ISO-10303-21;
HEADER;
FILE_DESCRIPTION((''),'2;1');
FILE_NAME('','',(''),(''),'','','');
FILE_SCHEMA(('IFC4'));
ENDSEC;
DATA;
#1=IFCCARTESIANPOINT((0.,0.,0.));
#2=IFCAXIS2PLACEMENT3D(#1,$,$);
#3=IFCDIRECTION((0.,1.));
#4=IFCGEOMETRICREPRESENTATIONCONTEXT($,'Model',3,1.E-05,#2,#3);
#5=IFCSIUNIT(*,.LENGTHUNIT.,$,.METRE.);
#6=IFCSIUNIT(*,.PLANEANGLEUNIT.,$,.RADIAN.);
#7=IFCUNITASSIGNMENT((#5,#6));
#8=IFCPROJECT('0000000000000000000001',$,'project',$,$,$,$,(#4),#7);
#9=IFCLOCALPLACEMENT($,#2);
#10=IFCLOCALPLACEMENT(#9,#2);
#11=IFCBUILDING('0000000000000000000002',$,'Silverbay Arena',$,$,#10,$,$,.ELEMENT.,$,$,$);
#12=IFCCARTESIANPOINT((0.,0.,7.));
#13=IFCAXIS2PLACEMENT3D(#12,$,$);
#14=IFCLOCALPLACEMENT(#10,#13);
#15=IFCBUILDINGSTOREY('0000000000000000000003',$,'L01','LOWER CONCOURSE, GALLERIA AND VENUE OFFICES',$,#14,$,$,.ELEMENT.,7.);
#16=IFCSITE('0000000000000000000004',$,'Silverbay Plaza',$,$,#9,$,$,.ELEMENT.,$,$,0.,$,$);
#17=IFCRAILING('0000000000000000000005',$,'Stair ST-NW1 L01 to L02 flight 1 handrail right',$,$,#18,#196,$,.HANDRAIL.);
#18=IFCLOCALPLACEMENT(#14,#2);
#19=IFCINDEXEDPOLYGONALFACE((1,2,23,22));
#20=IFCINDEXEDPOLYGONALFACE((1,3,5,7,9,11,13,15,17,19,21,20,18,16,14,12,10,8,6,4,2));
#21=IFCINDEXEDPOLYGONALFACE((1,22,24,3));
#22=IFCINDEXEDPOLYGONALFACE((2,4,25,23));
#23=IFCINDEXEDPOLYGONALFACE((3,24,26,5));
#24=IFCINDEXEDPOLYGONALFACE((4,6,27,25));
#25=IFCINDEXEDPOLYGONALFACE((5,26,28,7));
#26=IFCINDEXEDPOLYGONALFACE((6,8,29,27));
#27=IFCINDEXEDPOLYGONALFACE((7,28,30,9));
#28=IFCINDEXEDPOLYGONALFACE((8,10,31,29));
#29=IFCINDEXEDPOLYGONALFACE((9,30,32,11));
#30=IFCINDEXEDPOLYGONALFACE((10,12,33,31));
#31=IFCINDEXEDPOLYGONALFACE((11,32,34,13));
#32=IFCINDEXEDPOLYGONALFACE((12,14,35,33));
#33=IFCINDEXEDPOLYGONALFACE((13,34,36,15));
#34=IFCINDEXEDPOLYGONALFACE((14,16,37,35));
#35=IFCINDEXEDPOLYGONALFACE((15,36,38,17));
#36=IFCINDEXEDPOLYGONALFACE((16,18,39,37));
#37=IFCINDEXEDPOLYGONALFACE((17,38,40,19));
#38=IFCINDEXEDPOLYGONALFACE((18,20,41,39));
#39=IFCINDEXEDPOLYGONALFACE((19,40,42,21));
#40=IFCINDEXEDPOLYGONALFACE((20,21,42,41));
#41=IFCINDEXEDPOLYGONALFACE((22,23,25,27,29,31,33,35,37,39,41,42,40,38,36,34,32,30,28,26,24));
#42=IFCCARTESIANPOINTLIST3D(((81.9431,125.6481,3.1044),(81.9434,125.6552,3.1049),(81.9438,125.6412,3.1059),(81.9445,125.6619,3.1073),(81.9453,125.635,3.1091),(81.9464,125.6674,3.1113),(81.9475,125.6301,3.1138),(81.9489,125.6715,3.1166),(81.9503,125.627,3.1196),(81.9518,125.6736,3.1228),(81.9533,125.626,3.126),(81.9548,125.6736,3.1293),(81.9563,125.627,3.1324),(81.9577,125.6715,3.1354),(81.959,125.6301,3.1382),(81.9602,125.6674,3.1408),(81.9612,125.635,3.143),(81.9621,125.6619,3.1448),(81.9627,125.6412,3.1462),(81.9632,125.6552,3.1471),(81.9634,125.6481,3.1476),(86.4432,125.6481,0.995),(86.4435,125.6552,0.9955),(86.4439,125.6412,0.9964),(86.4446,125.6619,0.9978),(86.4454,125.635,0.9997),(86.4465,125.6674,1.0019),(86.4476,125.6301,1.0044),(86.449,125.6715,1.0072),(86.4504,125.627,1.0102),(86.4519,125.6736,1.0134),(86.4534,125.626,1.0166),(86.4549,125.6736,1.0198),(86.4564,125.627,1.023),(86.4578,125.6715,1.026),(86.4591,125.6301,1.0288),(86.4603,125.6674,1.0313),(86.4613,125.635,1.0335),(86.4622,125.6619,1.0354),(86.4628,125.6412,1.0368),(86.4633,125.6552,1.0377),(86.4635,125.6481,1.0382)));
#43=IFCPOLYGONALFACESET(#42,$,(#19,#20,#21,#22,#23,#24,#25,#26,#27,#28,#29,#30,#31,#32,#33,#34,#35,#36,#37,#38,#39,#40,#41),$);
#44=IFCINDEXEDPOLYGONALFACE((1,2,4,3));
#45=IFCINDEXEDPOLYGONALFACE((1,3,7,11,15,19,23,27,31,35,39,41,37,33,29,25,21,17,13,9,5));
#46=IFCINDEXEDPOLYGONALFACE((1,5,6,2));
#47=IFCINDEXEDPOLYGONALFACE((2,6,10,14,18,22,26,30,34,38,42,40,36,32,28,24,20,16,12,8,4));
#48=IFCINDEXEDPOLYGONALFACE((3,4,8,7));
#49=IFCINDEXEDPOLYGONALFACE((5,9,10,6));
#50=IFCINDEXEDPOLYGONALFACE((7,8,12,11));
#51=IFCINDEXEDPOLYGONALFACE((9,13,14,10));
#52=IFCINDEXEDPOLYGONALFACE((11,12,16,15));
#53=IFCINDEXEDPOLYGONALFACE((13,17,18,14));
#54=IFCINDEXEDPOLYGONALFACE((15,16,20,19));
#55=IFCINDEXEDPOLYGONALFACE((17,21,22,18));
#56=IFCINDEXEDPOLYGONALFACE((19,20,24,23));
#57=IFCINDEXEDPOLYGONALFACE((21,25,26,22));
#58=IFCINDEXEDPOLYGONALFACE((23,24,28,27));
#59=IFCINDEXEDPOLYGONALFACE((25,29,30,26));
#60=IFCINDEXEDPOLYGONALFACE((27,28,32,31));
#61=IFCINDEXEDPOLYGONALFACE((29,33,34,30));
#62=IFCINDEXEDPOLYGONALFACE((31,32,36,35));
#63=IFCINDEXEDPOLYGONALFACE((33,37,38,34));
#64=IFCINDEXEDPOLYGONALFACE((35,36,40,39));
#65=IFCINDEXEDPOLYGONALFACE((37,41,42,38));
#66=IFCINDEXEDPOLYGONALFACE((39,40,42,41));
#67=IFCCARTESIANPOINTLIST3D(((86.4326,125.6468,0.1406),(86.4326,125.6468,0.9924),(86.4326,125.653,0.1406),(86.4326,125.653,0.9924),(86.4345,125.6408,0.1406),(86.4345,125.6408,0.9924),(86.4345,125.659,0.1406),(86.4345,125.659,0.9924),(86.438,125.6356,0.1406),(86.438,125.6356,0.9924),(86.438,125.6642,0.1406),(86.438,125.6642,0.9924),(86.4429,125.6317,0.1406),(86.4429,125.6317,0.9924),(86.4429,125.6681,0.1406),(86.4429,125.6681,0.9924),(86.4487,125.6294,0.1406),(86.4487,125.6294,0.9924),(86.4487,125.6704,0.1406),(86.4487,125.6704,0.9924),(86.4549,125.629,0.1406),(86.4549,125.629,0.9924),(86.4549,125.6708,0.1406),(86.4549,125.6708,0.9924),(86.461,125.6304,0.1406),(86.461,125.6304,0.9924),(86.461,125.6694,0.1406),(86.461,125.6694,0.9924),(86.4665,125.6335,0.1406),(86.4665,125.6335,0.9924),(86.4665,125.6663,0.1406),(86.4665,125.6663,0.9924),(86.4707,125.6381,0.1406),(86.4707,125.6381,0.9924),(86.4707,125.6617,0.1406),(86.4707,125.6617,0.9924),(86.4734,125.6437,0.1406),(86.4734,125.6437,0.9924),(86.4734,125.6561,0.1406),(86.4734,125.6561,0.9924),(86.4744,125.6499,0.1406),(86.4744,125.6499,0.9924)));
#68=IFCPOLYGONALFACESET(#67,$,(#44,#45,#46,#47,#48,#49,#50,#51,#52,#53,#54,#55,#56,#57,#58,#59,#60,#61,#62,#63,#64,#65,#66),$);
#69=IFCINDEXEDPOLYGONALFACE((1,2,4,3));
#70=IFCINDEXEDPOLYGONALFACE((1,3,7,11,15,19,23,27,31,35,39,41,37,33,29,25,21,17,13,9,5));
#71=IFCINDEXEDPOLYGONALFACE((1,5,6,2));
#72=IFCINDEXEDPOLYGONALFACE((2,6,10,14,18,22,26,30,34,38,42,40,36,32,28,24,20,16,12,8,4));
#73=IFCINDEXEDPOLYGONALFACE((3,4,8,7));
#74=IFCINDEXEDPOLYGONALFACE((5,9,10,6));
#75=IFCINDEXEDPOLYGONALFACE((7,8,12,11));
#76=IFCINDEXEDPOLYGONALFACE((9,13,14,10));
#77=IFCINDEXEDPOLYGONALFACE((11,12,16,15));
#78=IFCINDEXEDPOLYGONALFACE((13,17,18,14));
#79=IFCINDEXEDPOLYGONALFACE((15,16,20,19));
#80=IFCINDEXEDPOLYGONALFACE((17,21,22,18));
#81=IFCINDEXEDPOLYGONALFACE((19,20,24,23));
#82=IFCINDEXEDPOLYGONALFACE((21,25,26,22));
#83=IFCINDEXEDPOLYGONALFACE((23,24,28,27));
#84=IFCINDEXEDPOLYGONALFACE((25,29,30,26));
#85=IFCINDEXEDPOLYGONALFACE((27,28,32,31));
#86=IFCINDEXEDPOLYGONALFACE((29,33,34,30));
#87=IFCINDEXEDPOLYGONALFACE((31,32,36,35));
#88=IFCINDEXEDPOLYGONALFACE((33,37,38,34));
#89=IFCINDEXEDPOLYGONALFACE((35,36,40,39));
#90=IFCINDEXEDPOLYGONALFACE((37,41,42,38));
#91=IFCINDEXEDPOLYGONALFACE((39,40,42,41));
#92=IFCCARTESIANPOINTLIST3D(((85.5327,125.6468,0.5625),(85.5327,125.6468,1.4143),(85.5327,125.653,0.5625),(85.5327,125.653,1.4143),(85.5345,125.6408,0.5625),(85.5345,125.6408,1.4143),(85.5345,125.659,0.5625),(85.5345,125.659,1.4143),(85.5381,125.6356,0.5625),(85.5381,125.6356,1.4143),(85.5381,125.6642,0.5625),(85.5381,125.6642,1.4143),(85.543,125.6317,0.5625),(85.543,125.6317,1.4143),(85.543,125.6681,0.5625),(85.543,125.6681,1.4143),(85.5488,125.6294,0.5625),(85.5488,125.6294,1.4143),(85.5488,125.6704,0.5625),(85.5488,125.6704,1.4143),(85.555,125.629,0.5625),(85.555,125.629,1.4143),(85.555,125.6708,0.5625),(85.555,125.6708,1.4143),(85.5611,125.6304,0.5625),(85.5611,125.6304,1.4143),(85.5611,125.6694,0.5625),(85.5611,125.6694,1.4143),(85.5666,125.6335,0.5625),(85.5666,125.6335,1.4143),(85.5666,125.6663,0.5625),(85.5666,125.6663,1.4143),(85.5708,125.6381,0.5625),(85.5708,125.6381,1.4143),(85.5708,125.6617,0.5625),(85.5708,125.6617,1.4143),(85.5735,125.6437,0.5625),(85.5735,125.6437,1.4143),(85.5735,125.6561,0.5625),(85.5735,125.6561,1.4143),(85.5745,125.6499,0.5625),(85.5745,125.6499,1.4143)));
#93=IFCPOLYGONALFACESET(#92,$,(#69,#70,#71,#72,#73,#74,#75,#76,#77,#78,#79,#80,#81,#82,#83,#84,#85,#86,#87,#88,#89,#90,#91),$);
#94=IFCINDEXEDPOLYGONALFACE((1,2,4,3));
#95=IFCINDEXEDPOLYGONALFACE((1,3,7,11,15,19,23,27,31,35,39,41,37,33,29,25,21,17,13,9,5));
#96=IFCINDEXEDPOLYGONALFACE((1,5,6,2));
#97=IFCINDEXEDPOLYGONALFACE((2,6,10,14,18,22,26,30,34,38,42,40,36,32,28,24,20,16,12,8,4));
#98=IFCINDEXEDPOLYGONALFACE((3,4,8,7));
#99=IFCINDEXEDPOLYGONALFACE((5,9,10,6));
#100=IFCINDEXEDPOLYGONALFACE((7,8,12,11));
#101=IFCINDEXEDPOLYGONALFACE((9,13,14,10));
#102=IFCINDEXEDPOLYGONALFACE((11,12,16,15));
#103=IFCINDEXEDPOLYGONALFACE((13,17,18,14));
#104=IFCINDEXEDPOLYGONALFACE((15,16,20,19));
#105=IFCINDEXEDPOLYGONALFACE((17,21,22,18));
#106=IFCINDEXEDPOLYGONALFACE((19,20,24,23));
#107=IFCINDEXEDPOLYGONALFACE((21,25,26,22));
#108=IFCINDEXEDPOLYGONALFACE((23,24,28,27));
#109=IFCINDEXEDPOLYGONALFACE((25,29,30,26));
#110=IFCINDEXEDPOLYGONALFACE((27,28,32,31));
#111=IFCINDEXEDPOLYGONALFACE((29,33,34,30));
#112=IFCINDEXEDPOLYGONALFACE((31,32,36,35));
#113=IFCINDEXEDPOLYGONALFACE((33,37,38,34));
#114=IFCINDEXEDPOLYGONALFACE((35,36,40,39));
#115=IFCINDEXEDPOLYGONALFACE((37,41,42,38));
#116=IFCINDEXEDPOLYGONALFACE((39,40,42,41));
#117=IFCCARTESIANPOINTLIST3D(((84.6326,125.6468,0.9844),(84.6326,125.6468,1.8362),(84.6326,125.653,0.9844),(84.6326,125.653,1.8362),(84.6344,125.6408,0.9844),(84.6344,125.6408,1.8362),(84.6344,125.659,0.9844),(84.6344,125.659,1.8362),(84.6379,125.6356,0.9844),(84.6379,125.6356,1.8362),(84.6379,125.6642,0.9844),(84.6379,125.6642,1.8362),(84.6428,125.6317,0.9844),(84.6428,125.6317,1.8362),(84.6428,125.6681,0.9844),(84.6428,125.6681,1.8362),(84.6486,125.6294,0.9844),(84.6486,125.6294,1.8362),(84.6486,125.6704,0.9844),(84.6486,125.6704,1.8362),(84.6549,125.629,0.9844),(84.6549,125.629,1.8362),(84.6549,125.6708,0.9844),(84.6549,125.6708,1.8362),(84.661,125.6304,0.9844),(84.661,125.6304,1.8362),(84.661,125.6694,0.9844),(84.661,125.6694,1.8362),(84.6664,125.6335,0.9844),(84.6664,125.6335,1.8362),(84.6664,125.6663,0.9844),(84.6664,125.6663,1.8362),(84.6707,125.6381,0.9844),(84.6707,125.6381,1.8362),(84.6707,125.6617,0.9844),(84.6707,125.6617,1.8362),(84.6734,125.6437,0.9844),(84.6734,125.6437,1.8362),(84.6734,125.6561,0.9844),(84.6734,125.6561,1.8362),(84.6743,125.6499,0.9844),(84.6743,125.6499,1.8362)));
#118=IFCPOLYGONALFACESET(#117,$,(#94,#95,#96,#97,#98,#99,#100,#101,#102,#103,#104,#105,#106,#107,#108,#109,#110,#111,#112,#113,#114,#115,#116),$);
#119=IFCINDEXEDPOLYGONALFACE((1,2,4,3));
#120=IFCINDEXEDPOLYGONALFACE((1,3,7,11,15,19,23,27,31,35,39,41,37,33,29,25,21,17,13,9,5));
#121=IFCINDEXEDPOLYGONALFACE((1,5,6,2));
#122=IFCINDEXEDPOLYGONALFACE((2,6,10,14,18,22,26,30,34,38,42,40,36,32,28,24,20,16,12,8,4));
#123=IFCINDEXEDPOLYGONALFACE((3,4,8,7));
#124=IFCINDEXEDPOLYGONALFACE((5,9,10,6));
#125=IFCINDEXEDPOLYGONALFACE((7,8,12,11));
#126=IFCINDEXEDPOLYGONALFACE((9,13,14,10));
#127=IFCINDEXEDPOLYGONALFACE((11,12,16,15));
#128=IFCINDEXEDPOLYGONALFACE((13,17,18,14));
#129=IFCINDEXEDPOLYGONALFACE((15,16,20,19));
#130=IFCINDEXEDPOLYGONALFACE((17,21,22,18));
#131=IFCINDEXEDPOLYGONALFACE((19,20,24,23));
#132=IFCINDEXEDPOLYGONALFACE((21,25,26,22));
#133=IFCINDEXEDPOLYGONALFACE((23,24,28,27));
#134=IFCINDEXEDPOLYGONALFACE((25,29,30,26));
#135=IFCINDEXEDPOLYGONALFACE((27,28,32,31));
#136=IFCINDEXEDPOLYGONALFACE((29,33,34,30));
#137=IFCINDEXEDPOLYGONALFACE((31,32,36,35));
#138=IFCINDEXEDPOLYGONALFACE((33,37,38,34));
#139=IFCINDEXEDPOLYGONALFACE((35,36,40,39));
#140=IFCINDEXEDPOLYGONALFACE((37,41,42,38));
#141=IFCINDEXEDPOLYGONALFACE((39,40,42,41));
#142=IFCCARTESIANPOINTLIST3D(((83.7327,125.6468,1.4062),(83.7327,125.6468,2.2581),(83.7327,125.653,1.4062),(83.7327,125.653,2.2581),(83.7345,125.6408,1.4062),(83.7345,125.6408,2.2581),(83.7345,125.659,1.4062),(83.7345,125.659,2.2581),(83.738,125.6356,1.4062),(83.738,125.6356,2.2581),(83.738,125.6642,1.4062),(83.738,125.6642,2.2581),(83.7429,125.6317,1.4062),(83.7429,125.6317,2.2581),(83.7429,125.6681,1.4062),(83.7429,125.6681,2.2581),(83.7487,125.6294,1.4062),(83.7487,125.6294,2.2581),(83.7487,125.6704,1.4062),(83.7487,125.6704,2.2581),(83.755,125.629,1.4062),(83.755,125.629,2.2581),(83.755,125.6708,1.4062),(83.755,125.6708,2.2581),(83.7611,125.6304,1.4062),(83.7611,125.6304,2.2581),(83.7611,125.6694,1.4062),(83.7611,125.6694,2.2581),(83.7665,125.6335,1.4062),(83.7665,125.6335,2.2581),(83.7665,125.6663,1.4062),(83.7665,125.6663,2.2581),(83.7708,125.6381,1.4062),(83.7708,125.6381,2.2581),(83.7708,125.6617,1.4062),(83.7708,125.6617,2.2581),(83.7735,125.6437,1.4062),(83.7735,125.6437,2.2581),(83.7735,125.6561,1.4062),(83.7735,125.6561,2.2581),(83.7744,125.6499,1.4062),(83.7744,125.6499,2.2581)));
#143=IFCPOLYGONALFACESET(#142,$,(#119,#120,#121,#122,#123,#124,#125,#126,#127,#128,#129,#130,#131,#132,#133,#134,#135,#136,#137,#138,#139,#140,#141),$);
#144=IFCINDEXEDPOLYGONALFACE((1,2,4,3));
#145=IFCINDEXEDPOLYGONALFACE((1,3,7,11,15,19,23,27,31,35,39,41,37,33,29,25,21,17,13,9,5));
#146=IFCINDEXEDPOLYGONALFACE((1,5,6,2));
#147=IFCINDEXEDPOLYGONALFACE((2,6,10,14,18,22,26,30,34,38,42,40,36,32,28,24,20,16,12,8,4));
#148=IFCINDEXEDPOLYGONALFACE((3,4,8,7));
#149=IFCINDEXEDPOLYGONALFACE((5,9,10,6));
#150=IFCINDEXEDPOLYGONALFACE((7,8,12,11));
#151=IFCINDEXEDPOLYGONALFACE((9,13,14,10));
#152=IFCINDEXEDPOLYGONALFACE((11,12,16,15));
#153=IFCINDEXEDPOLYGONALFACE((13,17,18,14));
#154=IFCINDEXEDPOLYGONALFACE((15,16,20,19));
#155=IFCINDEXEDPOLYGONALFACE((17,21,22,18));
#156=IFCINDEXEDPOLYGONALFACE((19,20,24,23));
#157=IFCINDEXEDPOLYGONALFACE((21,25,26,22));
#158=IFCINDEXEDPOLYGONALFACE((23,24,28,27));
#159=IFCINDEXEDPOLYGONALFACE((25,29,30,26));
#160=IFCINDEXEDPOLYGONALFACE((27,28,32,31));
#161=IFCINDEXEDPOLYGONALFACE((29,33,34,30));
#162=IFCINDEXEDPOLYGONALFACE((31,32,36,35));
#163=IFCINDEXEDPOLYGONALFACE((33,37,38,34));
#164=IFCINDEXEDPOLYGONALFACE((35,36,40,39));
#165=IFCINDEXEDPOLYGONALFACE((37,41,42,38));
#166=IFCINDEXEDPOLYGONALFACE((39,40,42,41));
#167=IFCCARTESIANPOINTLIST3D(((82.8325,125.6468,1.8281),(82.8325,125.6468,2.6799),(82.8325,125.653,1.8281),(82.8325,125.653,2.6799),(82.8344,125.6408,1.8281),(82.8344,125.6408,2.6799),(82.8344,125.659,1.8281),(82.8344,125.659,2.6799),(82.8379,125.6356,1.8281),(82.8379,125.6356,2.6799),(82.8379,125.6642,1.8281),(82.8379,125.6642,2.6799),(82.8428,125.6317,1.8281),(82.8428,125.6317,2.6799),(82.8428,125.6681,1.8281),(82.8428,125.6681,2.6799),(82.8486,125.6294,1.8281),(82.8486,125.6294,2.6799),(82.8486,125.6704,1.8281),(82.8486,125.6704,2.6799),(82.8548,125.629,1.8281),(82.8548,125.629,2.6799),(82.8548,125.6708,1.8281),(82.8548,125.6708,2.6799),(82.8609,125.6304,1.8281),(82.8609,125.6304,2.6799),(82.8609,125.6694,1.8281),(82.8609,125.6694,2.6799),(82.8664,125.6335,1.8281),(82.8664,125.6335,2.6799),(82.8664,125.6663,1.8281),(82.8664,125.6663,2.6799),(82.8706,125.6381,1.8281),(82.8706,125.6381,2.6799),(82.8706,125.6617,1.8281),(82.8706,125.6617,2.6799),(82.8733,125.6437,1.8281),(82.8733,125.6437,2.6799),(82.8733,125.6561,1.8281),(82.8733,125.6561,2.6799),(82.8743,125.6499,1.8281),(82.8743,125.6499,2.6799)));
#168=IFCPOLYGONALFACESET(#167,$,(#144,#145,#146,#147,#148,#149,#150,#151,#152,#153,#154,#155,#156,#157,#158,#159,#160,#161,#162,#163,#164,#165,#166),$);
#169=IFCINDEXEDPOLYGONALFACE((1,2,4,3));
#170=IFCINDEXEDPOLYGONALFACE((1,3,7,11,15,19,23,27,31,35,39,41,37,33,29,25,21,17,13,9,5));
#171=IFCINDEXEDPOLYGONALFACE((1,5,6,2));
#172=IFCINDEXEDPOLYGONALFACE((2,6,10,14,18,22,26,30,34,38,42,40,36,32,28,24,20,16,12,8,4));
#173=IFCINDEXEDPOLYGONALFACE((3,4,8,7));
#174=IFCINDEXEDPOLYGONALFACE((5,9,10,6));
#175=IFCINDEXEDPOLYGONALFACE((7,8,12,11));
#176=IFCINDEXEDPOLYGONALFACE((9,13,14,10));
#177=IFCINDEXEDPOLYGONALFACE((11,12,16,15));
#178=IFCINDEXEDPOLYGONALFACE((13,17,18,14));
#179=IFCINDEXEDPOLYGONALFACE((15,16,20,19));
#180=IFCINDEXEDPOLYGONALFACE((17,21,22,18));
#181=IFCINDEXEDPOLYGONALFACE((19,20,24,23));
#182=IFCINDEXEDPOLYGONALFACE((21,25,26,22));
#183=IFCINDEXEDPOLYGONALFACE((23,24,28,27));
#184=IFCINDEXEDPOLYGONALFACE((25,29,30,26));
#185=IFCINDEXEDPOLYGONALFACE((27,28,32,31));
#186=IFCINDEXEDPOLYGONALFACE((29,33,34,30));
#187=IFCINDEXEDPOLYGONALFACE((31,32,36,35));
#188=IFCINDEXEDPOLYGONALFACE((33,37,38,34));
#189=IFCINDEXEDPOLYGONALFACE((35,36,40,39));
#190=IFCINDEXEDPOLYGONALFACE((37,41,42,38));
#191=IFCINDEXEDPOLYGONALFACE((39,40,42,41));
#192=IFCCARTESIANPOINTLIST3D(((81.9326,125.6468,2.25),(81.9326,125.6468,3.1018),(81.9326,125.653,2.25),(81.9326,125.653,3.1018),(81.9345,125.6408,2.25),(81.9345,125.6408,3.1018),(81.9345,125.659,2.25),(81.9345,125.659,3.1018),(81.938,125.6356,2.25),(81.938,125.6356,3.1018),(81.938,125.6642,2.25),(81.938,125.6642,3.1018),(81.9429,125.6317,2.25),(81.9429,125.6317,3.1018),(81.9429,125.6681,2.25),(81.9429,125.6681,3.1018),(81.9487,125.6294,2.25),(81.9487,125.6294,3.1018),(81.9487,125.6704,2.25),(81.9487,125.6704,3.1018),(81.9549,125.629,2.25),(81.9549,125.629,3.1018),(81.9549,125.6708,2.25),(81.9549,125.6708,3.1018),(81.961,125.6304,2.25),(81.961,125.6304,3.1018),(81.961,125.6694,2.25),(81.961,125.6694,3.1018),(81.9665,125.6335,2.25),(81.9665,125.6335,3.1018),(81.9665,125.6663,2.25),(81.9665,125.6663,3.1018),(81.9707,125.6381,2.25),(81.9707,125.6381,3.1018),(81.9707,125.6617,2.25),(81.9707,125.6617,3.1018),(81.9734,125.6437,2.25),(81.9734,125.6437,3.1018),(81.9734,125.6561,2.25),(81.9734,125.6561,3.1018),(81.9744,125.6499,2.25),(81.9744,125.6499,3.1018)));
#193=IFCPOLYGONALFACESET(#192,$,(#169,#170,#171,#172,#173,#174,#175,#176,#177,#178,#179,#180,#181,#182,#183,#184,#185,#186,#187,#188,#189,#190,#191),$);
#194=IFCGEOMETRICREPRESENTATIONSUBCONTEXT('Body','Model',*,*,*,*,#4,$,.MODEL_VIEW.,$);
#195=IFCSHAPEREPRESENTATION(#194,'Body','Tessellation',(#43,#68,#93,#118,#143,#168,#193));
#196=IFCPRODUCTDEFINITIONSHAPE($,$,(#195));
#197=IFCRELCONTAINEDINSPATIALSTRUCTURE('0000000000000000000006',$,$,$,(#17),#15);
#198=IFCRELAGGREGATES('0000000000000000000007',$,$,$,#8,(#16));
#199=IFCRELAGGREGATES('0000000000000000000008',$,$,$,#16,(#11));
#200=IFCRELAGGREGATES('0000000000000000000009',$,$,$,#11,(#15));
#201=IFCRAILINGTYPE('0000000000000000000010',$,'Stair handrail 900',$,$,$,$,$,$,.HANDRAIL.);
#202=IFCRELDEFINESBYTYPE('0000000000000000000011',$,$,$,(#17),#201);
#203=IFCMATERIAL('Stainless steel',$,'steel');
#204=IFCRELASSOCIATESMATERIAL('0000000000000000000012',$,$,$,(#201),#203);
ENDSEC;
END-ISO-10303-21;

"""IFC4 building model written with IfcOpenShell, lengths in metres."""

from ifc_helpers import new_model, si_unit, direction, frame, origin, origin_2d, place, context, subcontext, project, spatial, circle, extrude, material, type_object, element, save


model = new_model("IFC4")

# Units and contexts
model_context = context("Model", 3, precision=1e-05, world=origin(), true_north=direction((0.0, 1.0)))
body_context = subcontext(model_context, "Body", "Model", "MODEL_VIEW")
ifc_project = project(units=[si_unit("LENGTHUNIT", "METRE"), si_unit("PLANEANGLEUNIT", "RADIAN")], contexts=[model_context])

# Site, building, storey
site_placement = place(None, origin())
site = spatial("IfcSite", under=ifc_project, at=site_placement, Name="Silverbay Plaza", CompositionType="ELEMENT", RefElevation=0.0)
building_placement = place(site_placement, origin())
building = spatial("IfcBuilding", under=site, at=building_placement, Name="Silverbay Arena", CompositionType="ELEMENT")
storey_placement = place(building_placement, frame((0.0, 0.0, 7.0)))
storey = spatial("IfcBuildingStorey", under=building, at=storey_placement, Name="L01", Description="LOWER CONCOURSE, GALLERIA AND VENUE OFFICES", CompositionType="ELEMENT", Elevation=7.0)

# Railing
ifc_material_1 = material(Name="Stainless steel", Category="steel")
railing_type_1 = type_object("IfcRailingType", Name="Stair handrail 900", PredefinedType="HANDRAIL", material=ifc_material_1)
for number, where, name in (
    (1, (86.4534, 125.6499, 0.1406), "Stair ST-NW1 L01 to L02 flight 1 handrail right"),
):
    element("IfcRailing", number, at=place(storey_placement, frame(where)), inside=storey, type_object=railing_type_1, Name=name, PredefinedType="HANDRAIL", context=body_context, shape_type="SweptSolid", body=[
        extrude(circle(Radius=0.0239, at=origin_2d()), frame((0.0, 0.0, 0.876), z_axis=(-0.905459, 0.0, 0.424434), x_axis=(0.0, -1.0, 0.0)), (0.0, 0.0, 1.0), 4.97),
        extrude(circle(Radius=0.021, at=origin_2d()), origin(), (0.0, 0.0, 1.0), 0.8518),
        extrude(circle(Radius=0.021, at=origin_2d()), frame((-0.8999, 0.0, 0.4219)), (0.0, 0.0, 1.0), 0.8518),
        extrude(circle(Radius=0.021, at=origin_2d()), frame((-1.8, 0.0, 0.8438)), (0.0, 0.0, 1.0), 0.8518),
        extrude(circle(Radius=0.021, at=origin_2d()), frame((-2.7, 0.0, 1.2656)), (0.0, 0.0, 1.0), 0.8518),
        extrude(circle(Radius=0.021, at=origin_2d()), frame((-3.6001, 0.0, 1.6875)), (0.0, 0.0, 1.0), 0.8518),
        extrude(circle(Radius=0.021, at=origin_2d()), frame((-4.5, 0.0, 2.1094)), (0.0, 0.0, 1.0), 0.8518),
    ])

save(model, "model.ifc")
